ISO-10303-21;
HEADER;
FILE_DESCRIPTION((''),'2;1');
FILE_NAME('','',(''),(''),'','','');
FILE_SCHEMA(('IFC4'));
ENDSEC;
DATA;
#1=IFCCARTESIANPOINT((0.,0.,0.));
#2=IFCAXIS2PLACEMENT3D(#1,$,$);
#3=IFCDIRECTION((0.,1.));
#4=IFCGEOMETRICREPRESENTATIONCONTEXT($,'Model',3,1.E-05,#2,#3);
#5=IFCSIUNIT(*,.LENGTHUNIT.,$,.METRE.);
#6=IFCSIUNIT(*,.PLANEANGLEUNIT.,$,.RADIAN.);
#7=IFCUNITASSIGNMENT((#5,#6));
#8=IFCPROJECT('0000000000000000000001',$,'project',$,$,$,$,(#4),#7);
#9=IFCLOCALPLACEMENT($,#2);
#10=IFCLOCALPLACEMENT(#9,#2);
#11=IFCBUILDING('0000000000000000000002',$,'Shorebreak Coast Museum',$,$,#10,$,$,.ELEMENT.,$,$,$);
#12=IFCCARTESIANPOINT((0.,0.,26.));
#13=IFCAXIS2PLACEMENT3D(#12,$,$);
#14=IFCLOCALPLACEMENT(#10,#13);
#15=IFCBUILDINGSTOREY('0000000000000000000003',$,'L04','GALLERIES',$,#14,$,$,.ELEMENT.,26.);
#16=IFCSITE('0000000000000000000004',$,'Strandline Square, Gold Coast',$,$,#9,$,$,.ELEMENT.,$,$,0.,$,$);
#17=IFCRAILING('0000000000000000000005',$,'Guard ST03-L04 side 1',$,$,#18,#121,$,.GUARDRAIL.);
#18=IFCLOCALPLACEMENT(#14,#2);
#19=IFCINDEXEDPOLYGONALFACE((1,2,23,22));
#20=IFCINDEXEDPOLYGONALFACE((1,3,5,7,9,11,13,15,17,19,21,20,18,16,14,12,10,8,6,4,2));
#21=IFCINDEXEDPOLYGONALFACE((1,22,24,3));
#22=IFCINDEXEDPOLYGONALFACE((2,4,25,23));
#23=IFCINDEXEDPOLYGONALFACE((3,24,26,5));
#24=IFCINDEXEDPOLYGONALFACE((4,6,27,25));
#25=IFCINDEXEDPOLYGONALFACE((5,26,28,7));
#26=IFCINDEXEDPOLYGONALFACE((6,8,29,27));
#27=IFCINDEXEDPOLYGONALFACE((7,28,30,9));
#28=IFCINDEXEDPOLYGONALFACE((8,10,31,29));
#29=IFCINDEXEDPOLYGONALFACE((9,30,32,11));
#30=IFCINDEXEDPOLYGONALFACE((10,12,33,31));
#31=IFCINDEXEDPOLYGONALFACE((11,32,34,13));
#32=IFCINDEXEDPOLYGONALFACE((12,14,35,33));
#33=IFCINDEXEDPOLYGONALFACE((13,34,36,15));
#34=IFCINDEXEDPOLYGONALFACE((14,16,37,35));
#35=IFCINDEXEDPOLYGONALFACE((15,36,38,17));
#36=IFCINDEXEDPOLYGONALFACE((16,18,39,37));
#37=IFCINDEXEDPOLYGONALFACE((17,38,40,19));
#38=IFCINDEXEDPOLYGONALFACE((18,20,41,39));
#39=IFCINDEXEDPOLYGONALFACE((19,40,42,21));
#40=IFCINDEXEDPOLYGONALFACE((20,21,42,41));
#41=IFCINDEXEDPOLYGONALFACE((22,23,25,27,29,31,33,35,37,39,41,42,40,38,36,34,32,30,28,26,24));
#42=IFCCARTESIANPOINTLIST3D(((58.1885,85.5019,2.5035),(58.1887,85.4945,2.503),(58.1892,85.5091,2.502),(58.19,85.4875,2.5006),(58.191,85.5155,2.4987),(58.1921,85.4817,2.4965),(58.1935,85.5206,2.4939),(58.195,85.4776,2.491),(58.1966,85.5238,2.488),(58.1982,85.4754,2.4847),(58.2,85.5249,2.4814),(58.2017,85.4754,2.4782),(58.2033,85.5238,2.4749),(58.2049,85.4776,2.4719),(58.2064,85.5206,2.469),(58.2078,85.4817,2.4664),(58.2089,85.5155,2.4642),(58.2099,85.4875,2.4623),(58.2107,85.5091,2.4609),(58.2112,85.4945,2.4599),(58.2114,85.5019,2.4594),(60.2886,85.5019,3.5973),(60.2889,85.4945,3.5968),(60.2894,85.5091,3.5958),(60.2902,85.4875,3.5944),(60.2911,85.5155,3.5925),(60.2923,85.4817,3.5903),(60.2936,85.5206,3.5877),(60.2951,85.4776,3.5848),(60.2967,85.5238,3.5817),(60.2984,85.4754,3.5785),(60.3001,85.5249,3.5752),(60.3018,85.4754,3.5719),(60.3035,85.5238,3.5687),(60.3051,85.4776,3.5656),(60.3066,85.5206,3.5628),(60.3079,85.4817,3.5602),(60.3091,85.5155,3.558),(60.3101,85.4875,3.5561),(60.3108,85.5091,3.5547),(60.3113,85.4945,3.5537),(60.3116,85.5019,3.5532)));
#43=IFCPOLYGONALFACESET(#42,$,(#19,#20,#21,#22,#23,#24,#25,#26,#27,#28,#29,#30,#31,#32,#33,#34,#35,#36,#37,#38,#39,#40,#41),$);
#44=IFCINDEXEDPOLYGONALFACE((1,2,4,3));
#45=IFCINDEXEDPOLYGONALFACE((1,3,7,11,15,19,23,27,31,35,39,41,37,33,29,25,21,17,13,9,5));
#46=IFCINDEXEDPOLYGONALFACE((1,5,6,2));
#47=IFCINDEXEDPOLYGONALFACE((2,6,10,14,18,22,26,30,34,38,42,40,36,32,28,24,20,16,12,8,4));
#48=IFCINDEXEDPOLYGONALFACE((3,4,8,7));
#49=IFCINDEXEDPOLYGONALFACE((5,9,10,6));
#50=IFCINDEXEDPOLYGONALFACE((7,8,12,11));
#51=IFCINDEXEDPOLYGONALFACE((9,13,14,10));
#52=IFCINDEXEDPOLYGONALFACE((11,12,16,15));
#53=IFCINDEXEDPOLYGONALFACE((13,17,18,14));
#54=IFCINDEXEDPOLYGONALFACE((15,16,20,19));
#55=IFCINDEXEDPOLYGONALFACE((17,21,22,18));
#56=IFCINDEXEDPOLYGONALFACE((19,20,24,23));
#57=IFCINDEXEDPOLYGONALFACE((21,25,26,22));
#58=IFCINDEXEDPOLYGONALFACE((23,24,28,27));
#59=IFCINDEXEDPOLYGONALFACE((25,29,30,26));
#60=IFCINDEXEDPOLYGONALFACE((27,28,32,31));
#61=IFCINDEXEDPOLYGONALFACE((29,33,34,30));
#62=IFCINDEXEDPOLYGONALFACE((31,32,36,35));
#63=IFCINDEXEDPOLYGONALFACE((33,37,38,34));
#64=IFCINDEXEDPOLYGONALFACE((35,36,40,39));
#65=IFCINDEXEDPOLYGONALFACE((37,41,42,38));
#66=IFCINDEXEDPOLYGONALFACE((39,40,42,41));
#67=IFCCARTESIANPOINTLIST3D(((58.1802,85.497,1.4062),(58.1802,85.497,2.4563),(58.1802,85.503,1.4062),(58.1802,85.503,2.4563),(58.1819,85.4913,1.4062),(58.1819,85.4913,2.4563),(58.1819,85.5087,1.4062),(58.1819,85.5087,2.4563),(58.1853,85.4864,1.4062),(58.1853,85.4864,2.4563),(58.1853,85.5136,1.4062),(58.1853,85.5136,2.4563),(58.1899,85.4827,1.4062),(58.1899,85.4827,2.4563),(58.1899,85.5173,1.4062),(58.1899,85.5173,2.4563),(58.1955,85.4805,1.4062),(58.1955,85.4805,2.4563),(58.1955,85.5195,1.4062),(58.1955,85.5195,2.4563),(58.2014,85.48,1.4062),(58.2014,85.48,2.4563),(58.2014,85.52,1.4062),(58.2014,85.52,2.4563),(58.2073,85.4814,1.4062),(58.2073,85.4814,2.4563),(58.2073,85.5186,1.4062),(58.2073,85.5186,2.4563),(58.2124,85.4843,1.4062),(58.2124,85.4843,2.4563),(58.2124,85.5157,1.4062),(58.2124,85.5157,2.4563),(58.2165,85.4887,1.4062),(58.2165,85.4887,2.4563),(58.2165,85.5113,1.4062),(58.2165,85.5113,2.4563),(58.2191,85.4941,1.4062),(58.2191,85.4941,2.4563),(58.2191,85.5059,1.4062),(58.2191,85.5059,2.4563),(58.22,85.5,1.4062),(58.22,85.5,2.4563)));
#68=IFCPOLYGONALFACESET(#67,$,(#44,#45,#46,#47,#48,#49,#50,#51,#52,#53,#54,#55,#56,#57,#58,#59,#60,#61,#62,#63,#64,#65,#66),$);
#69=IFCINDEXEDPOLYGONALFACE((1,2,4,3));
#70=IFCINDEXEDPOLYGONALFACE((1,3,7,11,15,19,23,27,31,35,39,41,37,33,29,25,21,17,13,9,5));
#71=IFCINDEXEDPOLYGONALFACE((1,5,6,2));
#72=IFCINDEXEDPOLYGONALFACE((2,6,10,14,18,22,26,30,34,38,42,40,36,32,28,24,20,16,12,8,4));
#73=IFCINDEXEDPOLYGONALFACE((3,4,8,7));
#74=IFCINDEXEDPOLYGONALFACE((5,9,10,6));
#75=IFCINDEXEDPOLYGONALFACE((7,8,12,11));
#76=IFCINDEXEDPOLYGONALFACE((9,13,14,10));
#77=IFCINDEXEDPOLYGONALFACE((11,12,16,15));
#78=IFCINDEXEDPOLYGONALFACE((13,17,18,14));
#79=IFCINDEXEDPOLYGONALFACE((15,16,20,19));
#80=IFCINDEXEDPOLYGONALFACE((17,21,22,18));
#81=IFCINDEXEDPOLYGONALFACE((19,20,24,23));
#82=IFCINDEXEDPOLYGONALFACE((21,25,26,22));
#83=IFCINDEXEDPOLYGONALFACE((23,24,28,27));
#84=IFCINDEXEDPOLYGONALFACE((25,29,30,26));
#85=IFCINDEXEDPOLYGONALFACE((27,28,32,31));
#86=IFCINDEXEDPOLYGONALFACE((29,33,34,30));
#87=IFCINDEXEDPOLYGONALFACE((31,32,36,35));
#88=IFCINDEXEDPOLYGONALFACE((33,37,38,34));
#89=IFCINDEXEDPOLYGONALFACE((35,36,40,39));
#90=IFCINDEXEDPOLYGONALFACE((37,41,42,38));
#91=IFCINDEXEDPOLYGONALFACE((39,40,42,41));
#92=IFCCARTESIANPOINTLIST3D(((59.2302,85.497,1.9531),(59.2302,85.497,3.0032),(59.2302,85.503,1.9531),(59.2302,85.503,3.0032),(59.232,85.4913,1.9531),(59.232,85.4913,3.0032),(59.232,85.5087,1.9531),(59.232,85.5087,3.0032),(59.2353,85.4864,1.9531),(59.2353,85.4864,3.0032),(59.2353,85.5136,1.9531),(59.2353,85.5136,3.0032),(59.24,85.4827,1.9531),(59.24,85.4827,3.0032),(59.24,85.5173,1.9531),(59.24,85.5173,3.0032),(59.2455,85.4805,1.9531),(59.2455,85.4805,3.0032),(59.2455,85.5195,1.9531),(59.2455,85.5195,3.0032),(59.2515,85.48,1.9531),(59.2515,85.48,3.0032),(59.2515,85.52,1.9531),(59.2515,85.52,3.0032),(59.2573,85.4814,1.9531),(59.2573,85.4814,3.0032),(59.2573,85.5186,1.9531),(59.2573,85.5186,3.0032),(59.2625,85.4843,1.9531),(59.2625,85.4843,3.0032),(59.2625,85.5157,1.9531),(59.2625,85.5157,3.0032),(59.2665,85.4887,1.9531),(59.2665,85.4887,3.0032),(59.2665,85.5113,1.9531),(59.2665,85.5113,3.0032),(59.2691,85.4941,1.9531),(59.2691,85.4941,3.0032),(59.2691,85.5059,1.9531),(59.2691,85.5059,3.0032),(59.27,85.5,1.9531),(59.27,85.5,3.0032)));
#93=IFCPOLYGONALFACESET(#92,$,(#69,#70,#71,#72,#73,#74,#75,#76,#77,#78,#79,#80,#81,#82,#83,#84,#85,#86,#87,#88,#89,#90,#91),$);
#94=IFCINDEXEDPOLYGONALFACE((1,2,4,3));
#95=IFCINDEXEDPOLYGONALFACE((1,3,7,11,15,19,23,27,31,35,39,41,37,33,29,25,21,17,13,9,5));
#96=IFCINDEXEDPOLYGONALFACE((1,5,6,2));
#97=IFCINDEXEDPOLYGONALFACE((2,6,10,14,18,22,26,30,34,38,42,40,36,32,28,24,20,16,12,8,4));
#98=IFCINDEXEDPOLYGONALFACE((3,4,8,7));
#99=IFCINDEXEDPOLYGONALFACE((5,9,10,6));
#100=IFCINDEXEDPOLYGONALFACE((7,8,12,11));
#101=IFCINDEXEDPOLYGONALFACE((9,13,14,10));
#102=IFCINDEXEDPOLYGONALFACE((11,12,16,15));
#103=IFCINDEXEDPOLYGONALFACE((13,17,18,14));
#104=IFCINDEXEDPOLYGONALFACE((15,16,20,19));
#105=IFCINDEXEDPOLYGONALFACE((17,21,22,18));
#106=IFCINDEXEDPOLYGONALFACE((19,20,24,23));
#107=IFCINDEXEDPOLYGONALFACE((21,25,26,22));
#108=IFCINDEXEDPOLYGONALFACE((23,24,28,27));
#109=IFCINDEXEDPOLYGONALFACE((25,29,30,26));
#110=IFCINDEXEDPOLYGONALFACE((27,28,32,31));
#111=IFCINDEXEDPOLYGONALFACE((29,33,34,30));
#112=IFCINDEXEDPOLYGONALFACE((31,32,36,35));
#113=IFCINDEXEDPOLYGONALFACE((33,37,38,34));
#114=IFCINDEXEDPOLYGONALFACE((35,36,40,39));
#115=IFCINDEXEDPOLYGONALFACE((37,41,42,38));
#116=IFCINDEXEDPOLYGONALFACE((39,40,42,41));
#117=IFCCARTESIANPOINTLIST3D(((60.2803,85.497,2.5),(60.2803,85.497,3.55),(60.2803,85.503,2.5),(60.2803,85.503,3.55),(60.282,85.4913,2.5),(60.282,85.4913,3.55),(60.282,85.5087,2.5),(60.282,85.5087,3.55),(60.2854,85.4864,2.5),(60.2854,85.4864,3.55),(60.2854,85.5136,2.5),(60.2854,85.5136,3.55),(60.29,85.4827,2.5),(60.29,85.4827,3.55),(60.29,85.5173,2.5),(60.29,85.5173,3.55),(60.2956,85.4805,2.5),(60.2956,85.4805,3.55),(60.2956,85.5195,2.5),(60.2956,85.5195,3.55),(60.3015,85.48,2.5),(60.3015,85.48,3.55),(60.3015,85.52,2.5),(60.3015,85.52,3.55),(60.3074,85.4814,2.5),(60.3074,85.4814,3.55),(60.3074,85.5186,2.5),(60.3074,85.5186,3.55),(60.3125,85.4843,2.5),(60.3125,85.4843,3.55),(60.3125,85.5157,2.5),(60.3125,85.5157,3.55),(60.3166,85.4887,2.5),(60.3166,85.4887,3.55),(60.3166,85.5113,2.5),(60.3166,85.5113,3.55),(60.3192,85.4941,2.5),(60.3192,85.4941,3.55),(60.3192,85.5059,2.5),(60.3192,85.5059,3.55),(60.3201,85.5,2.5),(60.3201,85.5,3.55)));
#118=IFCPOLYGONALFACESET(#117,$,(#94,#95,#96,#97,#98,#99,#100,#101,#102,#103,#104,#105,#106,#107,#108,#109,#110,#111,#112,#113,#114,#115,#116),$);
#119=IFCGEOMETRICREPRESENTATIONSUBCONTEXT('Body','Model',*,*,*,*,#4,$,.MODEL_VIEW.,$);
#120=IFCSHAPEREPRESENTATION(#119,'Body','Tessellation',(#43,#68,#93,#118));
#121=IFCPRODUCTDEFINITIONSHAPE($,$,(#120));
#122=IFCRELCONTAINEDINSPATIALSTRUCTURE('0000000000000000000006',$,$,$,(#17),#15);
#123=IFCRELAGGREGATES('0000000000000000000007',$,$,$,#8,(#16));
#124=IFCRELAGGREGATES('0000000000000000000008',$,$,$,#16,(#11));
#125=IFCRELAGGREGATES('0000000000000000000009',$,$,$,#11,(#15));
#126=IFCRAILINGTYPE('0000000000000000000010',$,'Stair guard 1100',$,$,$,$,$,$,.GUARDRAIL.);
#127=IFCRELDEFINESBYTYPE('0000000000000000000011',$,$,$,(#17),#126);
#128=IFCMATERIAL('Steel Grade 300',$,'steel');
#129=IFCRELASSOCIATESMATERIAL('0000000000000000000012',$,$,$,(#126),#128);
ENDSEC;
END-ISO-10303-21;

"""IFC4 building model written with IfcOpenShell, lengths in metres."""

from ifc_helpers import new_model, si_unit, direction, frame, origin, origin_2d, place, context, subcontext, project, spatial, circle, extrude, material, type_object, element, save


model = new_model("IFC4")

# Units and contexts
model_context = context("Model", 3, precision=1e-05, world=origin(), true_north=direction((0.0, 1.0)))
body_context = subcontext(model_context, "Body", "Model", "MODEL_VIEW")
ifc_project = project(units=[si_unit("LENGTHUNIT", "METRE"), si_unit("PLANEANGLEUNIT", "RADIAN")], contexts=[model_context])

# Site, building, storey
site_placement = place(None, origin())
site = spatial("IfcSite", under=ifc_project, at=site_placement, Name="Strandline Square, Gold Coast", CompositionType="ELEMENT", RefElevation=0.0)
building_placement = place(site_placement, origin())
building = spatial("IfcBuilding", under=site, at=building_placement, Name="Shorebreak Coast Museum", CompositionType="ELEMENT")
storey_placement = place(building_placement, frame((0.0, 0.0, 26.0)))
storey = spatial("IfcBuildingStorey", under=building, at=storey_placement, Name="L04", Description="GALLERIES", CompositionType="ELEMENT", Elevation=26.0)

# Railing
ifc_material_1 = material(Name="Steel Grade 300", Category="steel")
railing_type_1 = type_object("IfcRailingType", Name="Stair guard 1100", PredefinedType="GUARDRAIL", material=ifc_material_1)
for number, where, name in (
    (1, (58.2, 85.5, 1.4062), "Guard ST03-L04 side 1"),
):
    element("IfcRailing", number, at=place(storey_placement, frame(where)), inside=storey, type_object=railing_type_1, Name=name, PredefinedType="GUARDRAIL", context=body_context, shape_type="SweptSolid", body=[
        extrude(circle(Radius=0.0249, at=origin_2d()), frame((0.0, 0.0, 1.0752), z_axis=(0.886923, 0.0, 0.461918), x_axis=(0.0, 1.0, 0.0)), (0.0, 0.0, 1.0), 2.3679),
        extrude(circle(Radius=0.02, at=origin_2d()), origin(), (0.0, 0.0, 1.0), 1.05),
        extrude(circle(Radius=0.02, at=origin_2d()), frame((1.05, 0.0, 0.5469)), (0.0, 0.0, 1.0), 1.05),
        extrude(circle(Radius=0.02, at=origin_2d()), frame((2.1001, 0.0, 1.0938)), (0.0, 0.0, 1.0), 1.05),
    ])

save(model, "model.ifc")
